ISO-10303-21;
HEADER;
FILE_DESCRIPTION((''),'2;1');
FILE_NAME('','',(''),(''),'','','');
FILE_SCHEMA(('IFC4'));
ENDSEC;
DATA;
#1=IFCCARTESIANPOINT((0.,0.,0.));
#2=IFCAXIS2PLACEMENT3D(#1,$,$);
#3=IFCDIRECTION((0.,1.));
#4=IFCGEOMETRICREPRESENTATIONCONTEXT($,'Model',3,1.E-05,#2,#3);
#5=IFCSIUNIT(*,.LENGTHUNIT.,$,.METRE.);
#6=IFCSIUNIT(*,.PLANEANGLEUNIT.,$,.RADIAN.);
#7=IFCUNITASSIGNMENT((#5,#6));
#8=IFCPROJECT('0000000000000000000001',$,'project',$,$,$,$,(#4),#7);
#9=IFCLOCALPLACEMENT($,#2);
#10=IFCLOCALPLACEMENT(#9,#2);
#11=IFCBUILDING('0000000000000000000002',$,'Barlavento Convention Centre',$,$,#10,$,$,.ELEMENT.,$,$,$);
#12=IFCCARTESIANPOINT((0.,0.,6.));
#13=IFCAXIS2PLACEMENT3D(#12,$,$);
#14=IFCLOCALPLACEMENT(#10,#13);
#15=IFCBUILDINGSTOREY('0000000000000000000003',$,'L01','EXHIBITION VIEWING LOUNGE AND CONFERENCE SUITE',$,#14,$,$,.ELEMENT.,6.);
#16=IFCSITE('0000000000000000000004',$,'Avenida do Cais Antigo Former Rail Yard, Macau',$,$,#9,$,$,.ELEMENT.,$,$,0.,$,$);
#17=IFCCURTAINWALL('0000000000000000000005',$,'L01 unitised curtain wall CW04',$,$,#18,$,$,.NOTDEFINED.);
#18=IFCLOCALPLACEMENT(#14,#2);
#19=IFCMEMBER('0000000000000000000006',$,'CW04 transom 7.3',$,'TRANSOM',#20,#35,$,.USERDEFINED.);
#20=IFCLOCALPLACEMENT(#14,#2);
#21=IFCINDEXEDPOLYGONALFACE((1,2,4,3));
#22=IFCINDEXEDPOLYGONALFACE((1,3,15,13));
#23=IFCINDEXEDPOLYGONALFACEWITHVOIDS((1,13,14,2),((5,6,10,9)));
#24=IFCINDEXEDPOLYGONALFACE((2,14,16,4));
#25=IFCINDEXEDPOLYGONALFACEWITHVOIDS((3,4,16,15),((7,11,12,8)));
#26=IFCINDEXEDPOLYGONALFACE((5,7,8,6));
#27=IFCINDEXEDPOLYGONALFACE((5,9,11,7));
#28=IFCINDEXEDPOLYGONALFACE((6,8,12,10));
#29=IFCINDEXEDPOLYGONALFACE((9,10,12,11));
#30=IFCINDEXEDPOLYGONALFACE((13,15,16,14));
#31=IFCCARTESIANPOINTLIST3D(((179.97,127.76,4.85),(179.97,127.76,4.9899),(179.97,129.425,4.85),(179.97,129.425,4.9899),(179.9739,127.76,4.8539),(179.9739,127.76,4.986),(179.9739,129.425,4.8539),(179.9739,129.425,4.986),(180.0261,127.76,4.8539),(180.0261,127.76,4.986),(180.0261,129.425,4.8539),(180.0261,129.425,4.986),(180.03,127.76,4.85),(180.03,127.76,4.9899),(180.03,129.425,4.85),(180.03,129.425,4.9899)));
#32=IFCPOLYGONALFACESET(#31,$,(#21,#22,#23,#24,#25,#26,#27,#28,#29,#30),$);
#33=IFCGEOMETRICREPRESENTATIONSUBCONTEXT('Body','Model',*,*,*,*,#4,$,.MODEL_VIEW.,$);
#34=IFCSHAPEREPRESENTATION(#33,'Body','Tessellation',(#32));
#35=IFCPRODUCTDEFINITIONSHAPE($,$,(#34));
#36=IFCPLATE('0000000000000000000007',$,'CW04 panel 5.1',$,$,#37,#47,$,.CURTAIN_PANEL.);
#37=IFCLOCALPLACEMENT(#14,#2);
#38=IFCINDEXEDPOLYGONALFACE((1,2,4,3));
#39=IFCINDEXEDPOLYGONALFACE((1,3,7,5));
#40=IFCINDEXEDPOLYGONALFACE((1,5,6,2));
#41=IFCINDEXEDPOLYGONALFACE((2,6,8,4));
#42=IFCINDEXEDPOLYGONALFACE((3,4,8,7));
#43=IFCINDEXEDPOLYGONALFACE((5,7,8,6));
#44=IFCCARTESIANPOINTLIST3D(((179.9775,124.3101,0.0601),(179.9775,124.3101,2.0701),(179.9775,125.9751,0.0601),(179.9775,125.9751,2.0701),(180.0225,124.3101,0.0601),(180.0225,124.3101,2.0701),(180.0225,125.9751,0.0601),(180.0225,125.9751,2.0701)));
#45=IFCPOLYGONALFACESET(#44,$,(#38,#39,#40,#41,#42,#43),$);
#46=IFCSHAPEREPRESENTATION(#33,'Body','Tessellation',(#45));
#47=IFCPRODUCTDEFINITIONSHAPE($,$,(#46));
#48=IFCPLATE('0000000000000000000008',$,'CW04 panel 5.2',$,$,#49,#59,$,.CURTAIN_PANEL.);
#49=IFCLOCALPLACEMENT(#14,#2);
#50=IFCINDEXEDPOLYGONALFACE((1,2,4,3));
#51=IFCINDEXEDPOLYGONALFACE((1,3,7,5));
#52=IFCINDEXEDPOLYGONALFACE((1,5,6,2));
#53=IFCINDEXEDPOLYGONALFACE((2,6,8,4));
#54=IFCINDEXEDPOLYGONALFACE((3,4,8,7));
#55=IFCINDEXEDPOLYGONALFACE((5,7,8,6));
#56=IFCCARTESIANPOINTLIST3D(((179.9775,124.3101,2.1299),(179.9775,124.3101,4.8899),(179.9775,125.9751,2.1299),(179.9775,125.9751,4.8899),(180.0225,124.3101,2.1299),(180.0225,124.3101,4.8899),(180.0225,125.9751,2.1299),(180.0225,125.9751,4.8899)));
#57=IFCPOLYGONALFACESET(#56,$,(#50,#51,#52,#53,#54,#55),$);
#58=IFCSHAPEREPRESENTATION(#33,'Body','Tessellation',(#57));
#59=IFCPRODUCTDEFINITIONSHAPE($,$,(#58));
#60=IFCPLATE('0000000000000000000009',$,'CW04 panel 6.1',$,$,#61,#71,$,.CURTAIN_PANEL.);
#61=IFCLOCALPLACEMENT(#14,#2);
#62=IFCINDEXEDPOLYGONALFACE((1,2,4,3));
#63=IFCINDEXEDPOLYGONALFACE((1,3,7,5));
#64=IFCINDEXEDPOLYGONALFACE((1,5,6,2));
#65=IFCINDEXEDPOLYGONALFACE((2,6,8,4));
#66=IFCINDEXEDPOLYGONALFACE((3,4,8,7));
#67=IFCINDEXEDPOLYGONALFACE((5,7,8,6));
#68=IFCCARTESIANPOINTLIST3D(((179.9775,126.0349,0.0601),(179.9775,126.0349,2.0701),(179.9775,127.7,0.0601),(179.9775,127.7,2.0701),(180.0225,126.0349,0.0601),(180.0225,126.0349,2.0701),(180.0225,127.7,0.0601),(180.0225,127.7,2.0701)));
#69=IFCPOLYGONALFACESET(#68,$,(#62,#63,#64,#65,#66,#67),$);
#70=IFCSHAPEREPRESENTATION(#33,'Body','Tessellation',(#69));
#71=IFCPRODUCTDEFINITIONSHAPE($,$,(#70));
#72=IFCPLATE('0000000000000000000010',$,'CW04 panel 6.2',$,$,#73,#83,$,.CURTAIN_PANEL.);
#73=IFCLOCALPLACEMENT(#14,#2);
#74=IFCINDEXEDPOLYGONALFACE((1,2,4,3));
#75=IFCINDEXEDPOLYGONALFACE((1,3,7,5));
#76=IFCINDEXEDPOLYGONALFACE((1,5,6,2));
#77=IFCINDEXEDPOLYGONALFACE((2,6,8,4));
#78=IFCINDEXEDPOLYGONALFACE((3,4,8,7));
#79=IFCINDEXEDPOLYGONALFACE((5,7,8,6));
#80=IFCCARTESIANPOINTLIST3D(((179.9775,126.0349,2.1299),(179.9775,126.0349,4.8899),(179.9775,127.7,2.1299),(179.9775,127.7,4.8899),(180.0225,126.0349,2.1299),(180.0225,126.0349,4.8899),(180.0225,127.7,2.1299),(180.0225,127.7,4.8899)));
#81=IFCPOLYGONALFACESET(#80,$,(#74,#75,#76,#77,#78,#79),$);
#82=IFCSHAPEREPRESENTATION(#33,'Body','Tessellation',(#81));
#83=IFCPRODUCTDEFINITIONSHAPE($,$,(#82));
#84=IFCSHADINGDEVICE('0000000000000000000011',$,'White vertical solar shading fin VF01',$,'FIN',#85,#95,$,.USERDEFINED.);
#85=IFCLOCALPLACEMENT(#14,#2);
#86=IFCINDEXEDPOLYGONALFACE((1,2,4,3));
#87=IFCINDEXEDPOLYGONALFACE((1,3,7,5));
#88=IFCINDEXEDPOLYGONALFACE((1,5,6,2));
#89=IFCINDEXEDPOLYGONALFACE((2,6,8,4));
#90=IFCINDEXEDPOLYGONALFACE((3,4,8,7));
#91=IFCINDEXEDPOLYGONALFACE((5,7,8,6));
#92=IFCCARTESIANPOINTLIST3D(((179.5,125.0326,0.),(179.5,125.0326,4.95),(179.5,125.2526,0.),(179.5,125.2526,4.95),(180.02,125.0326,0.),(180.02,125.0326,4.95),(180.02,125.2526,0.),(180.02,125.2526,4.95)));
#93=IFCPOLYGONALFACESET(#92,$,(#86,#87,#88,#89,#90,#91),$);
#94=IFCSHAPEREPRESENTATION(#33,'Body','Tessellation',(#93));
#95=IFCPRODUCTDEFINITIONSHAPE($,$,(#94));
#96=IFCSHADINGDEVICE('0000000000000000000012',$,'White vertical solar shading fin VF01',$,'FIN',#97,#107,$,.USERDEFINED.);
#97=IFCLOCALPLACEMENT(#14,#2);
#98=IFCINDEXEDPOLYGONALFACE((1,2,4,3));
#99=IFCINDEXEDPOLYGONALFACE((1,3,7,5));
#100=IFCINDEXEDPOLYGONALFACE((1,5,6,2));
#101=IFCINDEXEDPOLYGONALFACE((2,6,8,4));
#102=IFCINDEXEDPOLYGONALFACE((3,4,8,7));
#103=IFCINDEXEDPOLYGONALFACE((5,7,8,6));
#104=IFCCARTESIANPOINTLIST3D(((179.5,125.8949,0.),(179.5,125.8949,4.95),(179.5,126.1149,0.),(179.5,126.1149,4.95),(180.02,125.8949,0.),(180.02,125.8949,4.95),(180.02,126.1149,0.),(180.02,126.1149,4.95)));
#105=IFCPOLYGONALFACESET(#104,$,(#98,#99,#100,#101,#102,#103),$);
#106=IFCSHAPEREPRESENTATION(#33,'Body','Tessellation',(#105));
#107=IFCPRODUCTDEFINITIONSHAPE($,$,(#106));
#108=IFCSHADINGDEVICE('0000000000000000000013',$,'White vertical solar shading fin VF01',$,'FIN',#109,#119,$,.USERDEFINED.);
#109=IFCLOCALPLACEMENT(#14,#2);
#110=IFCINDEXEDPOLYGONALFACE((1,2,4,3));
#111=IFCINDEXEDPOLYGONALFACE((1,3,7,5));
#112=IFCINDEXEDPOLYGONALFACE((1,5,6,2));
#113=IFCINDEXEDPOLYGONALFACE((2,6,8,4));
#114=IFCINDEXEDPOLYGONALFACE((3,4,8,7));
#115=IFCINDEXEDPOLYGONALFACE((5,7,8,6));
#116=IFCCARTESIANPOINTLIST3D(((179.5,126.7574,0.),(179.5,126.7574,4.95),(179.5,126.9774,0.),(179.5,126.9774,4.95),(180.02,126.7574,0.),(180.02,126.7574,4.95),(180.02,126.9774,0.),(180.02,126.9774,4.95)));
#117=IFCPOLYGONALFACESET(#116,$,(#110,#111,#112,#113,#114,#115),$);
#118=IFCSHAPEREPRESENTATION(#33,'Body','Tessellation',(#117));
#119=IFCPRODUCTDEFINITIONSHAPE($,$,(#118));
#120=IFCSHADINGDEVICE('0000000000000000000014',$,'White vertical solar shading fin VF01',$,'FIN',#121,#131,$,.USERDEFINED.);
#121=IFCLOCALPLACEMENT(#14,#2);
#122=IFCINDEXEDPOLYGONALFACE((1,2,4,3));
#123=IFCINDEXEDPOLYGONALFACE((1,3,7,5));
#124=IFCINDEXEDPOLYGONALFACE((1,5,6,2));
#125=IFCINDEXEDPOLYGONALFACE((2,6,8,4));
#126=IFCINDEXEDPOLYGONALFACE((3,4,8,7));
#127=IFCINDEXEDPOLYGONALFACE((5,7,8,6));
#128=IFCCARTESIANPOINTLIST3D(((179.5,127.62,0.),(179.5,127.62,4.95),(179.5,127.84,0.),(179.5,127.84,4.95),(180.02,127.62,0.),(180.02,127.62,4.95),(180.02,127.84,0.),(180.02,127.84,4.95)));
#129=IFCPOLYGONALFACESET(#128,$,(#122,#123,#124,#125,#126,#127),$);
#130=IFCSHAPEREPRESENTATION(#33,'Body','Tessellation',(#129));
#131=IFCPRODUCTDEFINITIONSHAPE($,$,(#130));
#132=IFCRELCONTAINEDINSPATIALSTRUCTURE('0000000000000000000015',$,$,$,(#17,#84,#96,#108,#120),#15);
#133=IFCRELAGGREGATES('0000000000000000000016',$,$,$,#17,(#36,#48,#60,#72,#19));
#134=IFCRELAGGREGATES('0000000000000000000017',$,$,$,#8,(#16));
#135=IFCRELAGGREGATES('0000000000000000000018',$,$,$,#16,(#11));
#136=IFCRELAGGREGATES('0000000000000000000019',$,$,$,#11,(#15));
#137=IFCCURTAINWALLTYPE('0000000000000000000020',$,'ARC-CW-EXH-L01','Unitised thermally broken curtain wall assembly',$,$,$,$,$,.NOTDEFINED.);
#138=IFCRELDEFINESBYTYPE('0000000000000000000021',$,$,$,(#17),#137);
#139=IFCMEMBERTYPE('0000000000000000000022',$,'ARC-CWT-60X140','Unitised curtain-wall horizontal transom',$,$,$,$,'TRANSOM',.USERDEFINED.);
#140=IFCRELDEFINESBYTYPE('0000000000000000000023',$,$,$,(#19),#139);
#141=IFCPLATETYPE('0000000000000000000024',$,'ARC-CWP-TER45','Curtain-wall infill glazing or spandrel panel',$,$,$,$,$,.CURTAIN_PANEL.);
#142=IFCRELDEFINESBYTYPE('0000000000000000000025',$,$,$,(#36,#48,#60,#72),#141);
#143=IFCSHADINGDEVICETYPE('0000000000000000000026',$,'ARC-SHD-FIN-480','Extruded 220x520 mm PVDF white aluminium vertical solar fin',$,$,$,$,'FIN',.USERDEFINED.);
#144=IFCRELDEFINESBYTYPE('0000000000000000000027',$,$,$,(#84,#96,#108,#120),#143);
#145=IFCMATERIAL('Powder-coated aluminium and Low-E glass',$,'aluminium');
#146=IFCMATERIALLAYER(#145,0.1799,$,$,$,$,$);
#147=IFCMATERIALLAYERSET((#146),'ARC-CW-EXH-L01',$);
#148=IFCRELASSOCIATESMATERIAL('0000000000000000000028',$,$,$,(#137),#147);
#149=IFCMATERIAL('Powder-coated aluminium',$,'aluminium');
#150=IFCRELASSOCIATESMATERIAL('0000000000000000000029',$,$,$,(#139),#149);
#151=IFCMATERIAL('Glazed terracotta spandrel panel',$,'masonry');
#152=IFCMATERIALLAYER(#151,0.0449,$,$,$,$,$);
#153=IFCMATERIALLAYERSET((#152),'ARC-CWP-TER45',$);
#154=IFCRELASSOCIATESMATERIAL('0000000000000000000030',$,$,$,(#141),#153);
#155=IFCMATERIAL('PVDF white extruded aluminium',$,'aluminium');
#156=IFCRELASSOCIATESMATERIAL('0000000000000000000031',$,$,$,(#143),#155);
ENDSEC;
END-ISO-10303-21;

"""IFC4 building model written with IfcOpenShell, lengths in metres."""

from ifc_helpers import new_model, si_unit, direction, frame, origin, origin_2d, place, context, subcontext, project, spatial, rectangle, hollow_rectangle, extrude, material, layer, layer_set, material_profile, profile_set, type_object, element, aggregate, save


model = new_model("IFC4")

# Units and contexts
model_context = context("Model", 3, precision=1e-05, world=origin(), true_north=direction((0.0, 1.0)))
body_context = subcontext(model_context, "Body", "Model", "MODEL_VIEW")
ifc_project = project(units=[si_unit("LENGTHUNIT", "METRE"), si_unit("PLANEANGLEUNIT", "RADIAN")], contexts=[model_context])

# Site, building, storey
site_placement = place(None, origin())
site = spatial("IfcSite", under=ifc_project, at=site_placement, Name="Avenida do Cais Antigo Former Rail Yard, Macau", CompositionType="ELEMENT", RefElevation=0.0)
building_placement = place(site_placement, origin())
building = spatial("IfcBuilding", under=site, at=building_placement, Name="Barlavento Convention Centre", CompositionType="ELEMENT")
storey_placement = place(building_placement, frame((0.0, 0.0, 6.0)))
storey = spatial("IfcBuildingStorey", under=building, at=storey_placement, Name="L01", Description="EXHIBITION VIEWING LOUNGE AND CONFERENCE SUITE", CompositionType="ELEMENT", Elevation=6.0)

# Curtain wall, member, plates
ifc_material_1 = material(Name="Powder-coated aluminium and Low-E glass", Category="aluminium")
ifc_layer_1 = layer(ifc_material_1, 0.1799)
ifc_layer_set_1 = layer_set([ifc_layer_1], Name="ARC-CW-EXH-L01")
curtain_wall_type = type_object("IfcCurtainWallType", Name="ARC-CW-EXH-L01", Description="Unitised thermally broken curtain wall assembly", PredefinedType="NOTDEFINED", material=ifc_layer_set_1)
curtain_wall_placement = place(storey_placement, origin())
curtain_wall = element("IfcCurtainWall", 1, at=curtain_wall_placement, inside=storey, type_object=curtain_wall_type, Name="L01 unitised curtain wall CW04", PredefinedType="NOTDEFINED")
ifc_material_2 = material(Name="Powder-coated aluminium", Category="aluminium")
ifc_material_profile_1 = material_profile(ifc_material_2, hollow_rectangle(XDim=0.0601, YDim=0.1399, WallThickness=0.0039, at=origin_2d()), Name="AL-TRAN 60x140x4")
ifc_profile_set_1 = profile_set([ifc_material_profile_1], Name="Powder-coated aluminium")
member_type_1 = type_object("IfcMemberType", Name="ARC-CWT-60X140", Description="Unitised curtain-wall horizontal transom", ElementType="TRANSOM", PredefinedType="USERDEFINED", material=ifc_profile_set_1)
member_1_placement = place(storey_placement, frame((180.0, 127.76, 4.9199), z_axis=(0.0, 1.0, 0.0), x_axis=(-1.0, 0.0, 0.0)))
member_1 = element("IfcMember", 2, at=member_1_placement, type_object=member_type_1, Name="CW04 transom 7.3", ObjectType="TRANSOM", PredefinedType="USERDEFINED", context=body_context, shape_type="SweptSolid", body=[
    extrude(hollow_rectangle(XDim=0.0601, YDim=0.1399, WallThickness=0.0039, at=origin_2d()), origin(), (0.0, 0.0, 1.0), 1.665),
])
ifc_material_3 = material(Name="Glazed terracotta spandrel panel", Category="masonry")
ifc_layer_2 = layer(ifc_material_3, 0.0449)
ifc_layer_set_2 = layer_set([ifc_layer_2], Name="ARC-CWP-TER45")
plate_type = type_object("IfcPlateType", Name="ARC-CWP-TER45", Description="Curtain-wall infill glazing or spandrel panel", PredefinedType="CURTAIN_PANEL", material=ifc_layer_set_2)
plate_1_placement = place(storey_placement, frame((180.0, 125.1426, 0.0601), z_axis=(0.0, 0.0, 1.0), x_axis=(0.0, 1.0, 0.0)))
plate_1 = element("IfcPlate", 3, at=plate_1_placement, type_object=plate_type, Name="CW04 panel 5.1", PredefinedType="CURTAIN_PANEL", context=body_context, shape_type="SweptSolid", body=[
    extrude(rectangle(XDim=1.665, YDim=0.0449, at=origin_2d()), origin(), (0.0, 0.0, 1.0), 2.01),
])
plate_2_placement = place(storey_placement, frame((180.0, 125.1426, 2.1299), z_axis=(0.0, 0.0, 1.0), x_axis=(0.0, 1.0, 0.0)))
plate_2 = element("IfcPlate", 4, at=plate_2_placement, type_object=plate_type, Name="CW04 panel 5.2", PredefinedType="CURTAIN_PANEL", context=body_context, shape_type="SweptSolid", body=[
    extrude(rectangle(XDim=1.665, YDim=0.0449, at=origin_2d()), origin(), (0.0, 0.0, 1.0), 2.76),
])
plate_3_placement = place(storey_placement, frame((180.0, 126.8674, 0.0601), z_axis=(0.0, 0.0, 1.0), x_axis=(0.0, 1.0, 0.0)))
plate_3 = element("IfcPlate", 5, at=plate_3_placement, type_object=plate_type, Name="CW04 panel 6.1", PredefinedType="CURTAIN_PANEL", context=body_context, shape_type="SweptSolid", body=[
    extrude(rectangle(XDim=1.665, YDim=0.0449, at=origin_2d()), origin(), (0.0, 0.0, 1.0), 2.01),
])
plate_4_placement = place(storey_placement, frame((180.0, 126.8674, 2.1299), z_axis=(0.0, 0.0, 1.0), x_axis=(0.0, 1.0, 0.0)))
plate_4 = element("IfcPlate", 6, at=plate_4_placement, type_object=plate_type, Name="CW04 panel 6.2", PredefinedType="CURTAIN_PANEL", context=body_context, shape_type="SweptSolid", body=[
    extrude(rectangle(XDim=1.665, YDim=0.0449, at=origin_2d()), origin(), (0.0, 0.0, 1.0), 2.76),
])
aggregate(curtain_wall, [plate_1, plate_2, plate_3, plate_4, member_1])

# Shading devices
ifc_material_4 = material(Name="PVDF white extruded aluminium", Category="aluminium")
shading_device_type = type_object("IfcShadingDeviceType", Name="ARC-SHD-FIN-480", Description="Extruded 220x520 mm PVDF white aluminium vertical solar fin", ElementType="FIN", PredefinedType="USERDEFINED", material=ifc_material_4)
for number, where, z_axis, x_axis, name in (
    (7, (179.76, 125.1426, 0.0), (0.0, 0.0, 1.0), (0.0, 1.0, 0.0), "White vertical solar shading fin VF01"),
    (8, (179.76, 126.0049, 0.0), (0.0, 0.0, 1.0), (0.0, 1.0, 0.0), "White vertical solar shading fin VF01"),
    (9, (179.76, 126.8674, 0.0), (0.0, 0.0, 1.0), (0.0, 1.0, 0.0), "White vertical solar shading fin VF01"),
    (10, (179.76, 127.73, 0.0), (0.0, 0.0, 1.0), (0.0, 1.0, 0.0), "White vertical solar shading fin VF01"),
):
    element("IfcShadingDevice", number, at=place(storey_placement, frame(where, z_axis=z_axis, x_axis=x_axis)), inside=storey, type_object=shading_device_type, Name=name, ObjectType="FIN", PredefinedType="USERDEFINED", context=body_context, shape_type="SweptSolid", body=[
        extrude(rectangle(XDim=0.22, YDim=0.52, at=origin_2d()), origin(), (0.0, 0.0, 1.0), 4.95),
    ])

save(model, "model.ifc")
